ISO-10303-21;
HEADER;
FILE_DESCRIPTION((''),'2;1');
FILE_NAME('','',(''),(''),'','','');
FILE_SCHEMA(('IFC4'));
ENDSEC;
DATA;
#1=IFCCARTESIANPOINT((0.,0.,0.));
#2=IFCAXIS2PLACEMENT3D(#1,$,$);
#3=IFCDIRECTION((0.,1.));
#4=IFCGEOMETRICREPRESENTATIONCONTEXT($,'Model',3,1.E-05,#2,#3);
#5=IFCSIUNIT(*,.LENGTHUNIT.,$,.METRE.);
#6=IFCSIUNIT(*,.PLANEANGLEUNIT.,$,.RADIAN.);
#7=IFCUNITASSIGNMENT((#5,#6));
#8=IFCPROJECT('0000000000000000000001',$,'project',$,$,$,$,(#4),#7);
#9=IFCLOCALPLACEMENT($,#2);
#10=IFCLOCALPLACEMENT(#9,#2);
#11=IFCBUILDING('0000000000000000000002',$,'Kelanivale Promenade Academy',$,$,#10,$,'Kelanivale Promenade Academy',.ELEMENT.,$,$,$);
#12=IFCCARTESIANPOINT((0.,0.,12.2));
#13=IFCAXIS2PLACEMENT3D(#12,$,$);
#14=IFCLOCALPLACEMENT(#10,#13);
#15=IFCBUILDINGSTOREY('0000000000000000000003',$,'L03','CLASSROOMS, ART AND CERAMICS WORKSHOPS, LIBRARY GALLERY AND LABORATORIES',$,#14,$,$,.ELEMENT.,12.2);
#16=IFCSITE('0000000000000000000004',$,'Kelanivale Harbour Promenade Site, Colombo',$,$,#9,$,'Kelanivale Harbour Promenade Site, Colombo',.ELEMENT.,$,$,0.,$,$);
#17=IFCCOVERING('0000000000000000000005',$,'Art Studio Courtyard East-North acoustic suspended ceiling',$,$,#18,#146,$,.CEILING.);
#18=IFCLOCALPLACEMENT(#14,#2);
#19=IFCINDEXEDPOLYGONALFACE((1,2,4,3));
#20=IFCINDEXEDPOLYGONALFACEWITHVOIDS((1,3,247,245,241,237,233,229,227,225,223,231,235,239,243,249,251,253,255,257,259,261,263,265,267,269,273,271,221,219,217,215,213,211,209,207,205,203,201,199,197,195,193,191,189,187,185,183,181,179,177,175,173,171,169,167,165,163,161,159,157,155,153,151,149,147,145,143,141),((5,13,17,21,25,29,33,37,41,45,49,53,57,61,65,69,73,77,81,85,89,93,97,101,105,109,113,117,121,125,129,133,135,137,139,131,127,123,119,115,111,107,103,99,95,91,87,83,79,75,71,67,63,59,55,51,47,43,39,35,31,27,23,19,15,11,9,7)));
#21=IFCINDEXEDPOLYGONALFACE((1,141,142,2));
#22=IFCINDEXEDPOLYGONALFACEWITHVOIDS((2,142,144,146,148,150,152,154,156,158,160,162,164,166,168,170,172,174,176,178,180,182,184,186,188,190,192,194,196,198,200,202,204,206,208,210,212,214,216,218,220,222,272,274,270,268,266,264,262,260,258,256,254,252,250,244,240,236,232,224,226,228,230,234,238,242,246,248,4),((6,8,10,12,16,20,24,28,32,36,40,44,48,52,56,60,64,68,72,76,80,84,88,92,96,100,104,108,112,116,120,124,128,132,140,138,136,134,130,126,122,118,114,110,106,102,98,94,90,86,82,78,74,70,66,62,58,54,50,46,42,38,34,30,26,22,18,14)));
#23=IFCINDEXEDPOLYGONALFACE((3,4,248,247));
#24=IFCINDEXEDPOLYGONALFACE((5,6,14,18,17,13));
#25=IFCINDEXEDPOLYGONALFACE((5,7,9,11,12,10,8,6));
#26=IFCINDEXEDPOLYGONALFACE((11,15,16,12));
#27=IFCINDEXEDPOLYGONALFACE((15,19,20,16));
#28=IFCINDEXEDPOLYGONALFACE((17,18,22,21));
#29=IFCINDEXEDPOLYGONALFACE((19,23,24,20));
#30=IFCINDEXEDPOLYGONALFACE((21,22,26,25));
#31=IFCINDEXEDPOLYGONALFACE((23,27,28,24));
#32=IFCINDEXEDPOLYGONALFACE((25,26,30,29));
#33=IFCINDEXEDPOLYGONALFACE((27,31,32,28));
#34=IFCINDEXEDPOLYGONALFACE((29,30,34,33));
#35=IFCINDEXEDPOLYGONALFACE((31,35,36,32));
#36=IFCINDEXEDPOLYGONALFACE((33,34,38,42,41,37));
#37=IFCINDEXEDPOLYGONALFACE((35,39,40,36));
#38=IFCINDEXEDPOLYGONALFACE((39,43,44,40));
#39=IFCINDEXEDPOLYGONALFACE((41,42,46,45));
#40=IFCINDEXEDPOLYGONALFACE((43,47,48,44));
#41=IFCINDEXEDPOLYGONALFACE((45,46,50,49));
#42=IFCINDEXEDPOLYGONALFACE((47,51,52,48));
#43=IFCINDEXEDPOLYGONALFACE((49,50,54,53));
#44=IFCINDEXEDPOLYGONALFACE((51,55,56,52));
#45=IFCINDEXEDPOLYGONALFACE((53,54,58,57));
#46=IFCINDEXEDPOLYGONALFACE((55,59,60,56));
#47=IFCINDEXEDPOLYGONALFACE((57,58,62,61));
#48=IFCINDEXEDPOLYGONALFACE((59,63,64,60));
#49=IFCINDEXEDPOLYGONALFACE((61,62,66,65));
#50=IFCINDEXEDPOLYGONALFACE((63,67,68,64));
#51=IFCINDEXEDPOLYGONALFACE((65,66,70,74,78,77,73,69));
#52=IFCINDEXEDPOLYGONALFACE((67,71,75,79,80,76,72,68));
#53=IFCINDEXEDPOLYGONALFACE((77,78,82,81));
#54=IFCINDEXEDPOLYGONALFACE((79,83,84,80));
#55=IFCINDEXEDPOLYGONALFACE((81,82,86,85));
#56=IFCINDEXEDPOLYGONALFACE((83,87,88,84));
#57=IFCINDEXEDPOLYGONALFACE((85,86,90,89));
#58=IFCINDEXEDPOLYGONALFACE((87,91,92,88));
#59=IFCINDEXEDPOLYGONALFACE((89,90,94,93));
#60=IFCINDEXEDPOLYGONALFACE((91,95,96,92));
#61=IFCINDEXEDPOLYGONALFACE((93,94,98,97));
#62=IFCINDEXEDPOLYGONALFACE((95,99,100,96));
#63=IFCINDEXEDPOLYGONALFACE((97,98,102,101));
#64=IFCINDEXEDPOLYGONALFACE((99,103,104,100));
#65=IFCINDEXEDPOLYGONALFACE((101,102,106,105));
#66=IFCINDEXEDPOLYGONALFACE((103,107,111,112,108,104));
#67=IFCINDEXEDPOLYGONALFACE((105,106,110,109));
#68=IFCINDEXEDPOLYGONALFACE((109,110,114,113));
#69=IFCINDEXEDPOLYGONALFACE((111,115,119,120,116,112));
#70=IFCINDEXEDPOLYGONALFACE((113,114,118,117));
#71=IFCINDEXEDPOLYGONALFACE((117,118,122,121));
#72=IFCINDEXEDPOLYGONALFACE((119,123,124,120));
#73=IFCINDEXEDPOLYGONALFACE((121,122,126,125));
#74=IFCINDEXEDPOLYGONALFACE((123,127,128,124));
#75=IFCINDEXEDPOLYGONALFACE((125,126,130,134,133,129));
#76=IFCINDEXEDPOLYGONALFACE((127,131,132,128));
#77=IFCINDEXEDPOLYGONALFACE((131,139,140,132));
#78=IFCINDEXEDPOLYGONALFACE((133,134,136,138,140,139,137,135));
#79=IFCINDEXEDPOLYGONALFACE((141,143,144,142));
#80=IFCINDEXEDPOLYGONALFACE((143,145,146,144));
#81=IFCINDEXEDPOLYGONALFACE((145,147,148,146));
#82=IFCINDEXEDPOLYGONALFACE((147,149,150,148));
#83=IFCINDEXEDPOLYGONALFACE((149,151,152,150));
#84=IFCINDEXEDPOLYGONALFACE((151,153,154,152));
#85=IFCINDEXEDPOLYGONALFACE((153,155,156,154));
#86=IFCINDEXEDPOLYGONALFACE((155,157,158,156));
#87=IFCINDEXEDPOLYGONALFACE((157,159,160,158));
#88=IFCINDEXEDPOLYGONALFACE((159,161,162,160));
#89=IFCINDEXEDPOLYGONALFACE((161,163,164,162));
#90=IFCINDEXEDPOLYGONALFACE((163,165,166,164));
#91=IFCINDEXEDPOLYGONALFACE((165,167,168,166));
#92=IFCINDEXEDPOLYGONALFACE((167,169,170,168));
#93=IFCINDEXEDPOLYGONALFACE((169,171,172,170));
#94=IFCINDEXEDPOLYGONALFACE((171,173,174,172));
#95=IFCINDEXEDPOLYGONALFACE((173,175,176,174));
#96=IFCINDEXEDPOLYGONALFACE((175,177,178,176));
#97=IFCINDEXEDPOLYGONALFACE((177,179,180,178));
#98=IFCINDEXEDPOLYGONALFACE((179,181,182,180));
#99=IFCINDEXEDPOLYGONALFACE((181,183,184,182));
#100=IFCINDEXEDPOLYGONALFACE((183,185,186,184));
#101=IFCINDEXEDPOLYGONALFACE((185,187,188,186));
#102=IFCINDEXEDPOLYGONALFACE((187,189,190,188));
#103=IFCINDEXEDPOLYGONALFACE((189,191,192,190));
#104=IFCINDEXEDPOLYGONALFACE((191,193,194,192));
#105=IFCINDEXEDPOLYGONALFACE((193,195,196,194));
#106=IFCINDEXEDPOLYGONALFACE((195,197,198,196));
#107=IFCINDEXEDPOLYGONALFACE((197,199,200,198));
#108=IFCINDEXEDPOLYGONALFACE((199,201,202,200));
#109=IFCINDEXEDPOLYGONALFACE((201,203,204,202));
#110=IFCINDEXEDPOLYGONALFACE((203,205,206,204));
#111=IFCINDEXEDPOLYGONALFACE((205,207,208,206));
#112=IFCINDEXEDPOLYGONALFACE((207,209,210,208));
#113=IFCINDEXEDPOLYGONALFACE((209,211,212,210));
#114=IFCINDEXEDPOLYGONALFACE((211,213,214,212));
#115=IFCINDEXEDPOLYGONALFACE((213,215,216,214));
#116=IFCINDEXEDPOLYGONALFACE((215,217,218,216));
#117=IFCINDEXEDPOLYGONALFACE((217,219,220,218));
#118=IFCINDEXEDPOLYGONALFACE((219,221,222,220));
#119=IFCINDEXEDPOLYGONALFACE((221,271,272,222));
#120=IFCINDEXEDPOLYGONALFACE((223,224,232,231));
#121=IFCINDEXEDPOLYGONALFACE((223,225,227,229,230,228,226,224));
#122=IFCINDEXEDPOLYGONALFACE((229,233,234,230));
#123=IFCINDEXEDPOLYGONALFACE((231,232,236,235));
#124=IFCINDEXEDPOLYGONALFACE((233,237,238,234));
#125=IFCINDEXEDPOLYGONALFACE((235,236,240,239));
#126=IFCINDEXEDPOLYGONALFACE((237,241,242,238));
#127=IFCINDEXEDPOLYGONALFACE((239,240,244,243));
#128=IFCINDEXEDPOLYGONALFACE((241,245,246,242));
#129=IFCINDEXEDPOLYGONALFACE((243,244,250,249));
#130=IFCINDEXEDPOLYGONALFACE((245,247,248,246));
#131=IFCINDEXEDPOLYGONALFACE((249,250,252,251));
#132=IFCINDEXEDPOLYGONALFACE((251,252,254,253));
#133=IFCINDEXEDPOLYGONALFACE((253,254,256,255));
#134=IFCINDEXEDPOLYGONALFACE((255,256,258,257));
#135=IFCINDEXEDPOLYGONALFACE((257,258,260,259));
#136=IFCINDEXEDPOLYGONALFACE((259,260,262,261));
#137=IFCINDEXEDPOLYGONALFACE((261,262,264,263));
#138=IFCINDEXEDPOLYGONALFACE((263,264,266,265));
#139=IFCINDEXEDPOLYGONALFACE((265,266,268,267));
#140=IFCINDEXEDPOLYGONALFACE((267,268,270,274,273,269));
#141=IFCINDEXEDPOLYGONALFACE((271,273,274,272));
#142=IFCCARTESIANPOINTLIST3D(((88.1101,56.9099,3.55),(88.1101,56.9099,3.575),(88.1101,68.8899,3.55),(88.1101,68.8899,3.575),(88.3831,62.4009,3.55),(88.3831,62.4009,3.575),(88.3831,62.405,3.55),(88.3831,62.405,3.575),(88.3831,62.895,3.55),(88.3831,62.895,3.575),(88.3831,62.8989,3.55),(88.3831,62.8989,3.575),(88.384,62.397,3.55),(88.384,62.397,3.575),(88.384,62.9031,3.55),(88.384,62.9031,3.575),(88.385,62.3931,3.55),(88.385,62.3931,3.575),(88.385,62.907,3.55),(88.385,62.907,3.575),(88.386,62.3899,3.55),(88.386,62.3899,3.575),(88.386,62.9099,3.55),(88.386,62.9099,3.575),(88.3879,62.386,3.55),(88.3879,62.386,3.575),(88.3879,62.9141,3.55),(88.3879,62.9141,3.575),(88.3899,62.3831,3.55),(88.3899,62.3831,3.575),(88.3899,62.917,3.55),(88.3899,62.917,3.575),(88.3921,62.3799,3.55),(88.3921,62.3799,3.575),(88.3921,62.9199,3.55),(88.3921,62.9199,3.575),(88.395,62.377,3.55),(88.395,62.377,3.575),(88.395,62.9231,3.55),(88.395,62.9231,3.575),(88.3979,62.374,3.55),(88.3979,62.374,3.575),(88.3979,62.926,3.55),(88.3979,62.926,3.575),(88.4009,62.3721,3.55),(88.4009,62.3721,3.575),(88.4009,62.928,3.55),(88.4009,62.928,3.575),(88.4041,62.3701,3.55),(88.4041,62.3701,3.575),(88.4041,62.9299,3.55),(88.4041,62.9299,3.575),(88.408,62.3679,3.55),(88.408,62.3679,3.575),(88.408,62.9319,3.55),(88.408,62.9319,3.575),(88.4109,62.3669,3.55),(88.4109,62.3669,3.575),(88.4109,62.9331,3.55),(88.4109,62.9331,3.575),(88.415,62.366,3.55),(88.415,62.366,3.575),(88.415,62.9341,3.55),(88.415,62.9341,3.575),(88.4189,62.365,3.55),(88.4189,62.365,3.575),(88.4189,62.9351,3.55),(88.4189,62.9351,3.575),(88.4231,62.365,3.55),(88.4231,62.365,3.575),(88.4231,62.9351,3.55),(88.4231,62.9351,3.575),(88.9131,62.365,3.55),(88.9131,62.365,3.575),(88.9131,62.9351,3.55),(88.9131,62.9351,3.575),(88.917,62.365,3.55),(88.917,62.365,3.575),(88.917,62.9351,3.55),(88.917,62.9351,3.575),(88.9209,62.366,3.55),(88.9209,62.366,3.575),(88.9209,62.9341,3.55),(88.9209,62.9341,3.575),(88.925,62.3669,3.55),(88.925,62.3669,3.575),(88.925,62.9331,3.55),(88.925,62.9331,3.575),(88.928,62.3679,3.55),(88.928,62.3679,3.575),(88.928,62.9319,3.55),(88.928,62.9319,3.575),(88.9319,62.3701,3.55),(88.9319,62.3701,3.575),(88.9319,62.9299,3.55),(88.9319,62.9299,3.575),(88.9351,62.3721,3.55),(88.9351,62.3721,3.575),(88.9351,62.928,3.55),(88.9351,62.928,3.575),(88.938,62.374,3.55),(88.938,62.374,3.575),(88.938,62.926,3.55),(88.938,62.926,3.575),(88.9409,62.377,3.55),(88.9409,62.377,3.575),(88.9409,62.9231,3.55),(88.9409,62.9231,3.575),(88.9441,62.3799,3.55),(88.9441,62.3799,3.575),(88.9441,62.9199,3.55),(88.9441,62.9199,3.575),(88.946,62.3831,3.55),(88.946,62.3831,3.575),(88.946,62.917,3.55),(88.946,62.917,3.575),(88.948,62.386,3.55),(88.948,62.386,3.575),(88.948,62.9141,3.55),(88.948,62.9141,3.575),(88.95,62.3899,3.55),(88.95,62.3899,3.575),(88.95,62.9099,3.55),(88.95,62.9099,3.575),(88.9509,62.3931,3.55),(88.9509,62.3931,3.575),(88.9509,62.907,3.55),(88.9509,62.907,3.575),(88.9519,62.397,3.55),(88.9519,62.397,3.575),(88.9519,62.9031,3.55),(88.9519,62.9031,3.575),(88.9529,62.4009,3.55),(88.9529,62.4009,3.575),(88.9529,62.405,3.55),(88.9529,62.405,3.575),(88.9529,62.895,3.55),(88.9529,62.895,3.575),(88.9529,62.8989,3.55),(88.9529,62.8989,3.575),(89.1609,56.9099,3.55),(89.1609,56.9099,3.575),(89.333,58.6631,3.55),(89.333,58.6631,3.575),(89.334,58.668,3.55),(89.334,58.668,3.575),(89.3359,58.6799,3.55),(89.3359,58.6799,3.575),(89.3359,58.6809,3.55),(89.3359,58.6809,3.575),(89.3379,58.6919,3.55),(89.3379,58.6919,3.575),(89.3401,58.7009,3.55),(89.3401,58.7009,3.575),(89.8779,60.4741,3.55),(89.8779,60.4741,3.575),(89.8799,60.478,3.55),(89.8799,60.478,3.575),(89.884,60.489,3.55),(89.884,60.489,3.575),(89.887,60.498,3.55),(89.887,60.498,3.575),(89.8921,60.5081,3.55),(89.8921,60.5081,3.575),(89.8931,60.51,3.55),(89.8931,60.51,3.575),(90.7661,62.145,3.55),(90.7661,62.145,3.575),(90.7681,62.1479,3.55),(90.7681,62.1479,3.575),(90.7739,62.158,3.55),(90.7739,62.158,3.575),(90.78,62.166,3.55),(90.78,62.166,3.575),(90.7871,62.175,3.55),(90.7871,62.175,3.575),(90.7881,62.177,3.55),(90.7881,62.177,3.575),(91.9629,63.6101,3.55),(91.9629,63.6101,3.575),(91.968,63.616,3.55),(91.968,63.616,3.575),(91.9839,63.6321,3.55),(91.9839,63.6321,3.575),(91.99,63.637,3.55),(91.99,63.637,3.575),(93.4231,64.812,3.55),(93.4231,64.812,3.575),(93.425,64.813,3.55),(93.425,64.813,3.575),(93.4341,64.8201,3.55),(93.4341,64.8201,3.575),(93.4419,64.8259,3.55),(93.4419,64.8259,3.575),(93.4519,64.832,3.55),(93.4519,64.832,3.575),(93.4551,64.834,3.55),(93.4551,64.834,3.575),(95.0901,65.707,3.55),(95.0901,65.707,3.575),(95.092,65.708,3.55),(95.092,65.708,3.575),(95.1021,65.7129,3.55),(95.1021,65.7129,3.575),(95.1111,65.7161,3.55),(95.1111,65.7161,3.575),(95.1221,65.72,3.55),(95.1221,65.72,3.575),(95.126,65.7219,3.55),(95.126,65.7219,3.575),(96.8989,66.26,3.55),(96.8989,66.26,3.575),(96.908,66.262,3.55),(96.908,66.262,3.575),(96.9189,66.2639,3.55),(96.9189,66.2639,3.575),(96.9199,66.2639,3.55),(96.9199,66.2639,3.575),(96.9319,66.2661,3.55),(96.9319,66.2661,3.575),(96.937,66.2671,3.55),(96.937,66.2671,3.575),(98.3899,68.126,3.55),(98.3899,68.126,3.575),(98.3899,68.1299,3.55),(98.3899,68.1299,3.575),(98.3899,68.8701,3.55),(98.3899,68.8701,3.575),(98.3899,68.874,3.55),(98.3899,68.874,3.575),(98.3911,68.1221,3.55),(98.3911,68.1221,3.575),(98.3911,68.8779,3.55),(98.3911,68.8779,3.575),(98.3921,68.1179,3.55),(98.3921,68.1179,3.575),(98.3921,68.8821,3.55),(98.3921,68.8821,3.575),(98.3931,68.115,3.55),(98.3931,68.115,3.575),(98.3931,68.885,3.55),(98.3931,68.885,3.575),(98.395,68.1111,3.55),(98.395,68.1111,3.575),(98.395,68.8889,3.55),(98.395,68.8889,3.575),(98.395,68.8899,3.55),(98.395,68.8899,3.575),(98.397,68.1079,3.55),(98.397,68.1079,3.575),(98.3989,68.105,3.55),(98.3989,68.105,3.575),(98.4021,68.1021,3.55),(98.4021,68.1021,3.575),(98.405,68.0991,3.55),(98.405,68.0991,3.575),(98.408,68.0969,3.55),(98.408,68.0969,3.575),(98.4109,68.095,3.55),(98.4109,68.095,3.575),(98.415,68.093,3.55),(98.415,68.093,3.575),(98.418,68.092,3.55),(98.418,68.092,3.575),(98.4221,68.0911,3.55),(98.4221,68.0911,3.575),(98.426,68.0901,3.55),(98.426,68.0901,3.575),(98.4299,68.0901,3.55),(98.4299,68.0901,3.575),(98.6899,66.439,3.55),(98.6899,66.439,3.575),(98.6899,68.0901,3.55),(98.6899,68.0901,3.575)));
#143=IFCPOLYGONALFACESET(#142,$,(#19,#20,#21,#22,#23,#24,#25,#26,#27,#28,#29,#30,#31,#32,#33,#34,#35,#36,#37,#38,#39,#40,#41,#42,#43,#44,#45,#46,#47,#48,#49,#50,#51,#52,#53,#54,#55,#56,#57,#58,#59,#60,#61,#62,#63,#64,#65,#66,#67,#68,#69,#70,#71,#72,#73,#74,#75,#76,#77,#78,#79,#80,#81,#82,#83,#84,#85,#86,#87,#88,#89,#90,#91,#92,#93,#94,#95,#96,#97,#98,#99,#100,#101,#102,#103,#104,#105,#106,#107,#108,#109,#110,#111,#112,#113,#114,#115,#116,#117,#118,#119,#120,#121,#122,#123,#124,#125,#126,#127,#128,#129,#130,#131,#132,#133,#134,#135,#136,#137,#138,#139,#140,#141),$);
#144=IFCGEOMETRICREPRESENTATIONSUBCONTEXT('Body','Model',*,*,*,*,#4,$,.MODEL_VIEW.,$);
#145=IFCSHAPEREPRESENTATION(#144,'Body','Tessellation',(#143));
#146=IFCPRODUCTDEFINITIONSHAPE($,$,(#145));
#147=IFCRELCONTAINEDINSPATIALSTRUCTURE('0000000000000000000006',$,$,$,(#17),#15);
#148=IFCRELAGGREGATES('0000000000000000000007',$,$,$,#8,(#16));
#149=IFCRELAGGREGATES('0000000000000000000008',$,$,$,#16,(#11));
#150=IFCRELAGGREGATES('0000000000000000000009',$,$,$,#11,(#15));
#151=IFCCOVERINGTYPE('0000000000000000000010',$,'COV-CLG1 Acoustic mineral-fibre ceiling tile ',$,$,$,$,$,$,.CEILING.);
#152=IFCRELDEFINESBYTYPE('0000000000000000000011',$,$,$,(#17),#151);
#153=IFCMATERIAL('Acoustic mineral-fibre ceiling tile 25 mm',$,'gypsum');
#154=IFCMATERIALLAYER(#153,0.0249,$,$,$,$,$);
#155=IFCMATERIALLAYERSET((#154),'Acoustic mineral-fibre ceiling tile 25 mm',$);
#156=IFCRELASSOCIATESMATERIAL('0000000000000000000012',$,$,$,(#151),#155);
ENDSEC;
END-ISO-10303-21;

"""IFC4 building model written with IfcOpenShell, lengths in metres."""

from ifc_helpers import new_model, si_unit, direction, frame, origin, place, context, subcontext, project, spatial, polyline, outline, extrude, material, layer, layer_set, type_object, element, save


model = new_model("IFC4")

# Units and contexts
model_context = context("Model", 3, precision=1e-05, world=origin(), true_north=direction((0.0, 1.0)))
body_context = subcontext(model_context, "Body", "Model", "MODEL_VIEW")
ifc_project = project(units=[si_unit("LENGTHUNIT", "METRE"), si_unit("PLANEANGLEUNIT", "RADIAN")], contexts=[model_context])

# Site, building, storey
site_placement = place(None, origin())
site = spatial("IfcSite", under=ifc_project, at=site_placement, Name="Kelanivale Harbour Promenade Site, Colombo", LongName="Kelanivale Harbour Promenade Site, Colombo", CompositionType="ELEMENT", RefElevation=0.0)
building_placement = place(site_placement, origin())
building = spatial("IfcBuilding", under=site, at=building_placement, Name="Kelanivale Promenade Academy", LongName="Kelanivale Promenade Academy", CompositionType="ELEMENT")
storey_placement = place(building_placement, frame((0.0, 0.0, 12.2)))
storey = spatial("IfcBuildingStorey", under=building, at=storey_placement, Name="L03", Description="CLASSROOMS, ART AND CERAMICS WORKSHOPS, LIBRARY GALLERY AND LABORATORIES", CompositionType="ELEMENT", Elevation=12.2)

# Covering
ifc_material_1 = material(Name="Acoustic mineral-fibre ceiling tile 25 mm", Category="gypsum")
ifc_layer_1 = layer(ifc_material_1, 0.0249)
ifc_layer_set_1 = layer_set([ifc_layer_1], Name="Acoustic mineral-fibre ceiling tile 25 mm")
covering_type_1 = type_object("IfcCoveringType", Name="COV-CLG1 Acoustic mineral-fibre ceiling tile ", PredefinedType="CEILING", material=ifc_layer_set_1)
covering_1_placement = place(storey_placement, frame((0.0, 0.0, 3.55)))
element("IfcCovering", 1, at=covering_1_placement, inside=storey, type_object=covering_type_1, Name="Art Studio Courtyard East-North acoustic suspended ceiling", PredefinedType="CEILING", context=body_context, shape_type="SweptSolid", body=[
    extrude(outline(polyline([(91.9629, 63.6101), (91.968, 63.616), (91.9839, 63.6321), (91.99, 63.637), (93.4231, 64.812), (93.425, 64.813), (93.4341, 64.8201), (93.4419, 64.8259), (93.4519, 64.832), (93.4551, 64.834), (95.0901, 65.707), (95.092, 65.708), (95.1021, 65.7129), (95.1111, 65.7161), (95.1221, 65.72), (95.126, 65.7219), (96.8989, 66.26), (96.908, 66.262), (96.9189, 66.2639), (96.9199, 66.2639), (96.9319, 66.2661), (96.937, 66.2671), (98.6899, 66.439), (98.6899, 68.0901), (98.4299, 68.0901), (98.426, 68.0901), (98.4221, 68.0911), (98.418, 68.092), (98.415, 68.093), (98.4109, 68.095), (98.408, 68.0969), (98.405, 68.0991), (98.4021, 68.1021), (98.3989, 68.105), (98.397, 68.1079), (98.395, 68.1111), (98.3931, 68.115), (98.3921, 68.1179), (98.3911, 68.1221), (98.3899, 68.126), (98.3899, 68.1299), (98.3899, 68.8701), (98.3899, 68.874), (98.3911, 68.8779), (98.3921, 68.8821), (98.3931, 68.885), (98.395, 68.8889), (98.395, 68.8899), (88.1101, 68.8899), (88.1101, 56.9099), (89.1609, 56.9099), (89.333, 58.6631), (89.334, 58.668), (89.3359, 58.6799), (89.3359, 58.6809), (89.3379, 58.6919), (89.3401, 58.7009), (89.8779, 60.4741), (89.8799, 60.478), (89.884, 60.489), (89.887, 60.498), (89.8921, 60.5081), (89.8931, 60.51), (90.7661, 62.145), (90.7681, 62.1479), (90.7739, 62.158), (90.78, 62.166), (90.7871, 62.175), (90.7881, 62.177), (91.9629, 63.6101)]), holes=[polyline([(88.9131, 62.9351), (88.917, 62.9351), (88.9209, 62.9341), (88.925, 62.9331), (88.928, 62.9319), (88.9319, 62.9299), (88.9351, 62.928), (88.938, 62.926), (88.9409, 62.9231), (88.9441, 62.9199), (88.946, 62.917), (88.948, 62.9141), (88.95, 62.9099), (88.9509, 62.907), (88.9519, 62.9031), (88.9529, 62.8989), (88.9529, 62.895), (88.9529, 62.405), (88.9529, 62.4009), (88.9519, 62.397), (88.9509, 62.3931), (88.95, 62.3899), (88.948, 62.386), (88.946, 62.3831), (88.9441, 62.3799), (88.9409, 62.377), (88.938, 62.374), (88.9351, 62.3721), (88.9319, 62.3701), (88.928, 62.3679), (88.925, 62.3669), (88.9209, 62.366), (88.917, 62.365), (88.9131, 62.365), (88.4231, 62.365), (88.4189, 62.365), (88.415, 62.366), (88.4109, 62.3669), (88.408, 62.3679), (88.4041, 62.3701), (88.4009, 62.3721), (88.3979, 62.374), (88.395, 62.377), (88.3921, 62.3799), (88.3899, 62.3831), (88.3879, 62.386), (88.386, 62.3899), (88.385, 62.3931), (88.384, 62.397), (88.3831, 62.4009), (88.3831, 62.405), (88.3831, 62.895), (88.3831, 62.8989), (88.384, 62.9031), (88.385, 62.907), (88.386, 62.9099), (88.3879, 62.9141), (88.3899, 62.917), (88.3921, 62.9199), (88.395, 62.9231), (88.3979, 62.926), (88.4009, 62.928), (88.4041, 62.9299), (88.408, 62.9319), (88.4109, 62.9331), (88.415, 62.9341), (88.4189, 62.9351), (88.4231, 62.9351), (88.9131, 62.9351)])]), origin(), (0.0, 0.0, 1.0), 0.0249),
])

save(model, "model.ifc")
